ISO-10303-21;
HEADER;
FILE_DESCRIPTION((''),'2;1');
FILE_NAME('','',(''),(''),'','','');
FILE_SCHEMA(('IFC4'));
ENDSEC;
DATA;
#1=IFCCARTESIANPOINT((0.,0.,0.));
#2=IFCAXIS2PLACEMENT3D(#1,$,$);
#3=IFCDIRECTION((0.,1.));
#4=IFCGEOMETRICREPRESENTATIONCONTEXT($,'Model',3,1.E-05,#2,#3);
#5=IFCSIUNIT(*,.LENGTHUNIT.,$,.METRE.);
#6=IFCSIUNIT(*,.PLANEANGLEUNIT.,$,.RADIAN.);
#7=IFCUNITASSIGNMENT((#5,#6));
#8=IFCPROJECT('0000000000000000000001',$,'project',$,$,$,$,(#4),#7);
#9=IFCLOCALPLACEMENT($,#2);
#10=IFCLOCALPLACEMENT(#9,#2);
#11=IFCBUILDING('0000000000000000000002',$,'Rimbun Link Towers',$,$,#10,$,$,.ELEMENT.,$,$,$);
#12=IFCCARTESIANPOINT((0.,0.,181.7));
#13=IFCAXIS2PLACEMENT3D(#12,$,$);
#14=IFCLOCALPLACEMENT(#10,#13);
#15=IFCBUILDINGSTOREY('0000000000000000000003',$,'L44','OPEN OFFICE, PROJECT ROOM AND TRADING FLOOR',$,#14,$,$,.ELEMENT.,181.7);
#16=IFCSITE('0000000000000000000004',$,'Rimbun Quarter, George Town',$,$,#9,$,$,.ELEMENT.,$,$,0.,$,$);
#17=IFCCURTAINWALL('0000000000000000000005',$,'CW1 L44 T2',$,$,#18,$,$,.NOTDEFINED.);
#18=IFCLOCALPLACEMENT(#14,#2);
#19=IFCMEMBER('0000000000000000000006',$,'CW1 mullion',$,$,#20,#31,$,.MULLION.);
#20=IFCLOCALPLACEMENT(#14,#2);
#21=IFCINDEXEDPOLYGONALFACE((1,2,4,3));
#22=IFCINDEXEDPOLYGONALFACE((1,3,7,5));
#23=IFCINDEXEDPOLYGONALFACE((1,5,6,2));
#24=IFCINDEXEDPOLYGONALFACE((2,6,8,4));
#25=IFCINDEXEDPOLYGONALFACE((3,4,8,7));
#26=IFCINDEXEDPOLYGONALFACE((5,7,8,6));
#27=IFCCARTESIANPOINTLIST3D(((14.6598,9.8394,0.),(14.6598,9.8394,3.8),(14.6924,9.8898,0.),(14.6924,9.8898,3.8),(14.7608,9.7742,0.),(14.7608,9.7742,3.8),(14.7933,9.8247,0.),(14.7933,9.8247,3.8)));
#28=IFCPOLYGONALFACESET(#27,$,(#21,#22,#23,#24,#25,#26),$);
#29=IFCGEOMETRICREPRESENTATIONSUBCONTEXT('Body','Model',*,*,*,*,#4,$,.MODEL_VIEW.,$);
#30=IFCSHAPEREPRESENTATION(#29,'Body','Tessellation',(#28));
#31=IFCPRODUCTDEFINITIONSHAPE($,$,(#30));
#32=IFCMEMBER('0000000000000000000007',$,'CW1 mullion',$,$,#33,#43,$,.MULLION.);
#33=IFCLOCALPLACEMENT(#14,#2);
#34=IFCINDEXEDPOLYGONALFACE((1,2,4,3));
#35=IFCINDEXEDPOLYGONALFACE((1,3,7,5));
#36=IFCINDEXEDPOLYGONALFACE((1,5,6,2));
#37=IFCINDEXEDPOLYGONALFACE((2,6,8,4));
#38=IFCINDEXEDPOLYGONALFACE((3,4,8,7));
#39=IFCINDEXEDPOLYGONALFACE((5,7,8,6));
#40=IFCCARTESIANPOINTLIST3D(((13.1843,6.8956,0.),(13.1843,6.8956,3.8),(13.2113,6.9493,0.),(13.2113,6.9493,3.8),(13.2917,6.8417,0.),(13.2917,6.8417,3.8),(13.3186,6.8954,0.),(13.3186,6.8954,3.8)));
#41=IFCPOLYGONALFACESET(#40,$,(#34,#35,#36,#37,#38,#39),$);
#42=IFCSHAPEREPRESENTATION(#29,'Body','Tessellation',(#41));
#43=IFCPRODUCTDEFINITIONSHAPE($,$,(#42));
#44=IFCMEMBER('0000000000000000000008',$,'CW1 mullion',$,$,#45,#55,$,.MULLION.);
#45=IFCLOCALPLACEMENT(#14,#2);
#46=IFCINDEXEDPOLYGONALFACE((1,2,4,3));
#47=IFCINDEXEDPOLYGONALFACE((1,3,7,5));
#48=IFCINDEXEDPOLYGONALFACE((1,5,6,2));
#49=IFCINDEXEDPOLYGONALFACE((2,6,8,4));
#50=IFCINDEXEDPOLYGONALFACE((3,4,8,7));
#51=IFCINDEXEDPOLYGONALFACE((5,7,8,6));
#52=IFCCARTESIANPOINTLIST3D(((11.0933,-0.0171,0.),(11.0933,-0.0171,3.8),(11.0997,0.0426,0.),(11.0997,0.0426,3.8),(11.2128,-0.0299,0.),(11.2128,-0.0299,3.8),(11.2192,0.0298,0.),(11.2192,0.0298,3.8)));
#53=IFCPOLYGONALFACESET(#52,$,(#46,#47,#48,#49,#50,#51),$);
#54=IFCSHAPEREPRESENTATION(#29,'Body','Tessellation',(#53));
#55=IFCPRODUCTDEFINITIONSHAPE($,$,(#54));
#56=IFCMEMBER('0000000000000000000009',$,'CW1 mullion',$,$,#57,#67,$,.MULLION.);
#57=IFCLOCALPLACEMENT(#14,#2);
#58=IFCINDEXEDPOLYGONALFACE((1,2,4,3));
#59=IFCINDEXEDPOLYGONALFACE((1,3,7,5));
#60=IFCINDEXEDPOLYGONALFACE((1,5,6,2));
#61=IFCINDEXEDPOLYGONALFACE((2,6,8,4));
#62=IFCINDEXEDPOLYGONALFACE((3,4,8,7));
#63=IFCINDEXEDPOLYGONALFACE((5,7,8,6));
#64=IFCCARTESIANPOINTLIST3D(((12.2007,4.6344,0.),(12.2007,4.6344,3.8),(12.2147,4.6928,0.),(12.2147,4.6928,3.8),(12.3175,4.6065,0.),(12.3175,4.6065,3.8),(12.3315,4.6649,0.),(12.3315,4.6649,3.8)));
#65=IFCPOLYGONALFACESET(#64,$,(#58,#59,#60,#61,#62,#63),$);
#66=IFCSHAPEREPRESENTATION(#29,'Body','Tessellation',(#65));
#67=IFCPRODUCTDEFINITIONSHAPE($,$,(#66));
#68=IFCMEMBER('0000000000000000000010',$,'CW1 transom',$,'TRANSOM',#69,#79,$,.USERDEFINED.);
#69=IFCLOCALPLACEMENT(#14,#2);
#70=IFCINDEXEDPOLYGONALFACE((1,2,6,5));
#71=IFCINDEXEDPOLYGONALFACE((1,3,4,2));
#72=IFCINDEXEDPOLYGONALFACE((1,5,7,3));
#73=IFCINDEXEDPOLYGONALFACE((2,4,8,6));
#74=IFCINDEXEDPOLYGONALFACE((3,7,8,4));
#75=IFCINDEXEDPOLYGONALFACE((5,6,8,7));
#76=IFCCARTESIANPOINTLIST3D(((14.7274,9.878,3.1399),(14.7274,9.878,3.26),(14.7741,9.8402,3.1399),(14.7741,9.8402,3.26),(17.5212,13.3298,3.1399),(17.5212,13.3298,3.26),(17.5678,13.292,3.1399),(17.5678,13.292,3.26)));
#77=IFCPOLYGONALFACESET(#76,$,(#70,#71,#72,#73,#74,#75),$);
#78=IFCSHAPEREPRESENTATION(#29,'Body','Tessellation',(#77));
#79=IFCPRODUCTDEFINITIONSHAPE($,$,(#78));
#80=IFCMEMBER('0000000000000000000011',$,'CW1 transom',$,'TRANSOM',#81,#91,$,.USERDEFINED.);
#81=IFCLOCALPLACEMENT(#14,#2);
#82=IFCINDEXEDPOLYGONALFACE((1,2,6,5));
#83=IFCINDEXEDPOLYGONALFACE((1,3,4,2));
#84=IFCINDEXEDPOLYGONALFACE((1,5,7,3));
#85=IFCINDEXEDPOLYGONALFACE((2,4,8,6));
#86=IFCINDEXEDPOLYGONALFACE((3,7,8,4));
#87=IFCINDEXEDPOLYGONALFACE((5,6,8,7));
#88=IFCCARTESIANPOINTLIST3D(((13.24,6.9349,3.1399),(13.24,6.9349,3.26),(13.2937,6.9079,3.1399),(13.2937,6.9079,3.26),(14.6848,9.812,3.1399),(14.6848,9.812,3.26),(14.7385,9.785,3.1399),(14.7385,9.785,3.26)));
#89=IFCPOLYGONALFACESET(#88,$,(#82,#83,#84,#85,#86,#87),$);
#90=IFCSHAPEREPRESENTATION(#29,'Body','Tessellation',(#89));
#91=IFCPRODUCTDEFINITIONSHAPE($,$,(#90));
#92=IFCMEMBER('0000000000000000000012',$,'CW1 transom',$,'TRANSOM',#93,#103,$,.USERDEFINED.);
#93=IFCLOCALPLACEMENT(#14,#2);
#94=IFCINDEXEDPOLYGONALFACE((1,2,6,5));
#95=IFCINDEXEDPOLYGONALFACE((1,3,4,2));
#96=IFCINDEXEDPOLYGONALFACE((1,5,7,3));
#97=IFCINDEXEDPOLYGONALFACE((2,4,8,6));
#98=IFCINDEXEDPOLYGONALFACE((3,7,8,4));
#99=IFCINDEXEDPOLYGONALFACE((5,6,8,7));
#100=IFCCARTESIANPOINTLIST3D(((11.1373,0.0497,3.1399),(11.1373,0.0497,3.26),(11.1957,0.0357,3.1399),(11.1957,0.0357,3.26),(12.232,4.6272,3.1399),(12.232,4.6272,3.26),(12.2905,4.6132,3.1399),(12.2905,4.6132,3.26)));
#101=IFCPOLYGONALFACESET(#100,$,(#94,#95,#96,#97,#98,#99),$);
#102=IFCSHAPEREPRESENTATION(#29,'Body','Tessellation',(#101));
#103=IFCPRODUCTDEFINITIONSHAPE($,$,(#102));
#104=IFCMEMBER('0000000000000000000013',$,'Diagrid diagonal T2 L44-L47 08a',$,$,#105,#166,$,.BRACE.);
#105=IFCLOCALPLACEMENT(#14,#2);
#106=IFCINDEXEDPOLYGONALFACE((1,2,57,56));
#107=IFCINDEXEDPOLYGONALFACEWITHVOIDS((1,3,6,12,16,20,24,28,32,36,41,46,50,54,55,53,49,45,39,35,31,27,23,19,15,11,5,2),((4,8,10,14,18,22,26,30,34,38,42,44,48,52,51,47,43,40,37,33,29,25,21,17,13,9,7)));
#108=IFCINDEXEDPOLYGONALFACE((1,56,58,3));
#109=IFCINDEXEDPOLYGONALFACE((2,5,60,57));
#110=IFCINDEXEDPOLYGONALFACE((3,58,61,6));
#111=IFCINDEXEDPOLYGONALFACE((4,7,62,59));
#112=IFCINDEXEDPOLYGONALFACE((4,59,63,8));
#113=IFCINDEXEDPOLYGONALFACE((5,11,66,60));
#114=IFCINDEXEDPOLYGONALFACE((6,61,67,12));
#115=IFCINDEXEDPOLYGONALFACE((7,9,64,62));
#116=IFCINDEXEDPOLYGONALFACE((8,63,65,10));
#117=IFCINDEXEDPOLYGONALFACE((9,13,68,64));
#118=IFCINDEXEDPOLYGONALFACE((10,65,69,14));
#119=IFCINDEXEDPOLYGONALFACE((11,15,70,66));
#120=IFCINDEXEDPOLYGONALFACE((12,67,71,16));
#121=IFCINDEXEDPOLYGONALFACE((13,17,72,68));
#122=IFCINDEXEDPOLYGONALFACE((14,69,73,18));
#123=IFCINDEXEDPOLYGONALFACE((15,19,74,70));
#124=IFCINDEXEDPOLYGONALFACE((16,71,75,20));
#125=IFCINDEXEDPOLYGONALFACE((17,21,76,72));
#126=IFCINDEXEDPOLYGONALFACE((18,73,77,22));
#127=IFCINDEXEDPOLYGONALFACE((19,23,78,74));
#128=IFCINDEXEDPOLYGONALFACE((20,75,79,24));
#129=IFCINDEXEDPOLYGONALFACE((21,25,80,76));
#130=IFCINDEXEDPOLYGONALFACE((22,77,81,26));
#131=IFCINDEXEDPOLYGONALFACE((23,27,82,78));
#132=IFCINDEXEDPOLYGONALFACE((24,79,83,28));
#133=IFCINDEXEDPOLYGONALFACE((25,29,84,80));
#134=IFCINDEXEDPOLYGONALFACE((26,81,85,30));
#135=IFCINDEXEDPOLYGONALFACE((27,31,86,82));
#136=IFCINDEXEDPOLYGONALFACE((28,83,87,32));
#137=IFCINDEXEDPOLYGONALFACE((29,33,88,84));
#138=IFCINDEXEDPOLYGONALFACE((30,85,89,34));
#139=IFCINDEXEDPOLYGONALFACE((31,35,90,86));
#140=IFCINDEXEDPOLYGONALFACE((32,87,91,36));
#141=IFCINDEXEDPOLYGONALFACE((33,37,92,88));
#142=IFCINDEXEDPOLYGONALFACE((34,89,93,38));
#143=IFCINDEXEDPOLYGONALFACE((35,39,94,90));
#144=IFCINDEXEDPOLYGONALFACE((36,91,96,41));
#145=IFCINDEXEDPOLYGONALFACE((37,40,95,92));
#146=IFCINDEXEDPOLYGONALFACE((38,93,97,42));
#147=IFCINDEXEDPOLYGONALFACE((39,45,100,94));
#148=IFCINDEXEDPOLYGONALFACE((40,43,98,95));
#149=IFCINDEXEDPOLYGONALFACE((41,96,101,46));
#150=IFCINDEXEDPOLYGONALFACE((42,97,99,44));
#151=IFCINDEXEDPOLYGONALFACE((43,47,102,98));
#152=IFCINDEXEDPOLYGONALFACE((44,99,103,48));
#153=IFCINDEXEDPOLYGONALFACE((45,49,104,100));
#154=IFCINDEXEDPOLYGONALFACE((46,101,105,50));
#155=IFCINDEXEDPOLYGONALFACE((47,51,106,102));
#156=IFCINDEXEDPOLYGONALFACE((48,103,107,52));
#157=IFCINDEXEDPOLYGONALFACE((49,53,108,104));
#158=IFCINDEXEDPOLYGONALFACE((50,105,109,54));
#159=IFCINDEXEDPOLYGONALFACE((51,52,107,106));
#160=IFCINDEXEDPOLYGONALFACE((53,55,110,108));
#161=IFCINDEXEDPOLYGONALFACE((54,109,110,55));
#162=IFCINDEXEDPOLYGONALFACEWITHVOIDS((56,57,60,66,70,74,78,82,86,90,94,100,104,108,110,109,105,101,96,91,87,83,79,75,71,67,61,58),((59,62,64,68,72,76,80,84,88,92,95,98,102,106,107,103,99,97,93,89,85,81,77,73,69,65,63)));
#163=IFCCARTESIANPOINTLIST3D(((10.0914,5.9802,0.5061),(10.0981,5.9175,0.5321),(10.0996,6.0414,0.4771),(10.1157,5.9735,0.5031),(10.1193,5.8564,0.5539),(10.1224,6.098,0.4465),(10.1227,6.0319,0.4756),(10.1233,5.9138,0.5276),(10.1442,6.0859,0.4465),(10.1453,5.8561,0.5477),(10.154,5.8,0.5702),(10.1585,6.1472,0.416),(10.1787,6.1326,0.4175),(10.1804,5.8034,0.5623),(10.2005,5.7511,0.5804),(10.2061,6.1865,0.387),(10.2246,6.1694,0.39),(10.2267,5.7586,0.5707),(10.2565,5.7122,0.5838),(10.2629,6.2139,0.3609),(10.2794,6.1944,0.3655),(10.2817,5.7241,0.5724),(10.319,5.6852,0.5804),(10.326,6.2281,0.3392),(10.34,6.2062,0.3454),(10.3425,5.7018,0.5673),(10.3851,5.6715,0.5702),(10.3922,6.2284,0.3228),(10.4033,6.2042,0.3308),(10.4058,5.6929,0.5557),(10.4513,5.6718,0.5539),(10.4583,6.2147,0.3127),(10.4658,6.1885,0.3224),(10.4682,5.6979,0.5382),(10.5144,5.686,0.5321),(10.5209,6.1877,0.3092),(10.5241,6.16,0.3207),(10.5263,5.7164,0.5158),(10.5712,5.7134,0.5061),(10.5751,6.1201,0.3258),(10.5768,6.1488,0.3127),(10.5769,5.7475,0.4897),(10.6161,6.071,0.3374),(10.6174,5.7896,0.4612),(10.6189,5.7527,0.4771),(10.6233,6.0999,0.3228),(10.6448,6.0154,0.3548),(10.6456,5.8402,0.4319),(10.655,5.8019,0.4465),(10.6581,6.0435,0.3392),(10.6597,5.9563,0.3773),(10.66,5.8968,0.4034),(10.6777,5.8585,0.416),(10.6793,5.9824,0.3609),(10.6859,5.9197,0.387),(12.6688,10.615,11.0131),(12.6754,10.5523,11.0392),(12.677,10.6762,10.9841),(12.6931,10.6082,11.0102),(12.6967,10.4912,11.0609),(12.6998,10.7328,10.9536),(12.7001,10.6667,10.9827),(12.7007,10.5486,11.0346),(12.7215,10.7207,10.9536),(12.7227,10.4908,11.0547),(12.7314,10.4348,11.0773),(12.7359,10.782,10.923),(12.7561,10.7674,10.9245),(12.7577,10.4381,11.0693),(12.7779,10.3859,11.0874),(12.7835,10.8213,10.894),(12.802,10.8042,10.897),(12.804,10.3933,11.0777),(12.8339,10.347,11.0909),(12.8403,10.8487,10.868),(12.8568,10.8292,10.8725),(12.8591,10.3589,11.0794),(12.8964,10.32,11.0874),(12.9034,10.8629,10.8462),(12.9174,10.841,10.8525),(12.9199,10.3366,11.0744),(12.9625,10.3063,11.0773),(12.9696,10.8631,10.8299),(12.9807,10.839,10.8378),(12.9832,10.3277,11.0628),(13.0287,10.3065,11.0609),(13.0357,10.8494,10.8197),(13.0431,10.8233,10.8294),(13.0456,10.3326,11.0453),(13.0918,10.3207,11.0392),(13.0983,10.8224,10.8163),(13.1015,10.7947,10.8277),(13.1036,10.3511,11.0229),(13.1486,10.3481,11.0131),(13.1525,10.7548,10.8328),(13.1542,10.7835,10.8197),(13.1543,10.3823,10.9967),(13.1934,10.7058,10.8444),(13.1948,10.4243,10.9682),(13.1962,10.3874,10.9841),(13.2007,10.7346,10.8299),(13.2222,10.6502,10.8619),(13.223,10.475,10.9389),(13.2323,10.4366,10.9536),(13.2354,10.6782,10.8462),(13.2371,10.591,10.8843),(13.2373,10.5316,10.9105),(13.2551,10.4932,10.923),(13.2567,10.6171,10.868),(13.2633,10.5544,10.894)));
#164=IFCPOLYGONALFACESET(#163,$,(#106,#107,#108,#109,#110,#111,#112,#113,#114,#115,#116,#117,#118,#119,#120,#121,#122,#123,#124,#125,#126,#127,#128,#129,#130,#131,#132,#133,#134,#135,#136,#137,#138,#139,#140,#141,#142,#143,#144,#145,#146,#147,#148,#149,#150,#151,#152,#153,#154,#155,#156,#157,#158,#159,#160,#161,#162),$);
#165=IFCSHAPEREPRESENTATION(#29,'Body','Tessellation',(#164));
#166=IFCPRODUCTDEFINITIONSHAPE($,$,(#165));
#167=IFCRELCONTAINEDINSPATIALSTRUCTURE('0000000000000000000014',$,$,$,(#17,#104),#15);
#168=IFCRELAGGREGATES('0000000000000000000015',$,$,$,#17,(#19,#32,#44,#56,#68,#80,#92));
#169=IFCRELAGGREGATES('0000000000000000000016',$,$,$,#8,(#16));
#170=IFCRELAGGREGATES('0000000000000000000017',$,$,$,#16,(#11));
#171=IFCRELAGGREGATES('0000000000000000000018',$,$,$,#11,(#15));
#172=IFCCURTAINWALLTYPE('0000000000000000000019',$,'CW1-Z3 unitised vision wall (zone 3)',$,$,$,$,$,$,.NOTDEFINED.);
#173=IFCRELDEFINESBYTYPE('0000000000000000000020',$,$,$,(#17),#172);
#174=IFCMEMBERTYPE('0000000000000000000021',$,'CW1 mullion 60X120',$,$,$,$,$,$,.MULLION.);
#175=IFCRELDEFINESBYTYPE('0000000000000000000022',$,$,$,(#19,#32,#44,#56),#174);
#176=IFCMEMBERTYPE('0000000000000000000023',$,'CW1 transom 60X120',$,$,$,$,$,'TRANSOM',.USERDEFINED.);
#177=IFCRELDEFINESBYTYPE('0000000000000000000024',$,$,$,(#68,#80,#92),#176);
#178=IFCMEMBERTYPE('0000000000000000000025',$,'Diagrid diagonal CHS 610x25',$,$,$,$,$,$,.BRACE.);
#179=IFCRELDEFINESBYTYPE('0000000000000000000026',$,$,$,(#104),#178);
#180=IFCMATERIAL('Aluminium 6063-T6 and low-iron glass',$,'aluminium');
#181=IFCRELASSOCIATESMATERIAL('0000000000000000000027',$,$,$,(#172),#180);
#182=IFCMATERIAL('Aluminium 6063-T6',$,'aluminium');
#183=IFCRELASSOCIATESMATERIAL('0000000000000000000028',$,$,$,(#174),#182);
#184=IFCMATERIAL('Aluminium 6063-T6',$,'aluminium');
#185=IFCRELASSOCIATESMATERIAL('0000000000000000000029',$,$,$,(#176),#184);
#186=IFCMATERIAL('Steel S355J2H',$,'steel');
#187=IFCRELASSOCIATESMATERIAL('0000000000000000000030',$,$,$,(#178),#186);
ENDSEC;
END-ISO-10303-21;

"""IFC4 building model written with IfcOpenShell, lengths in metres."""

from ifc_helpers import new_model, si_unit, direction, frame, origin, origin_2d, place, context, subcontext, project, spatial, rectangle, hollow_circle, extrude, material, material_profile, profile_set, type_object, element, aggregate, save


model = new_model("IFC4")

# Units and contexts
model_context = context("Model", 3, precision=1e-05, world=origin(), true_north=direction((0.0, 1.0)))
body_context = subcontext(model_context, "Body", "Model", "MODEL_VIEW")
ifc_project = project(units=[si_unit("LENGTHUNIT", "METRE"), si_unit("PLANEANGLEUNIT", "RADIAN")], contexts=[model_context])

# Site, building, storey
site_placement = place(None, origin())
site = spatial("IfcSite", under=ifc_project, at=site_placement, Name="Rimbun Quarter, George Town", CompositionType="ELEMENT", RefElevation=0.0)
building_placement = place(site_placement, origin())
building = spatial("IfcBuilding", under=site, at=building_placement, Name="Rimbun Link Towers", CompositionType="ELEMENT")
storey_placement = place(building_placement, frame((0.0, 0.0, 181.7)))
storey = spatial("IfcBuildingStorey", under=building, at=storey_placement, Name="L44", Description="OPEN OFFICE, PROJECT ROOM AND TRADING FLOOR", CompositionType="ELEMENT", Elevation=181.7)

# Curtain wall, members
ifc_material_1 = material(Name="Aluminium 6063-T6 and low-iron glass", Category="aluminium")
curtain_wall_type = type_object("IfcCurtainWallType", Name="CW1-Z3 unitised vision wall (zone 3)", PredefinedType="NOTDEFINED", material=ifc_material_1)
curtain_wall_placement = place(storey_placement, origin())
curtain_wall = element("IfcCurtainWall", 1, at=curtain_wall_placement, inside=storey, type_object=curtain_wall_type, Name="CW1 L44 T2", PredefinedType="NOTDEFINED")
ifc_material_2 = material(Name="Aluminium 6063-T6", Category="aluminium")
ifc_material_profile_1 = material_profile(ifc_material_2, rectangle(XDim=0.1201, YDim=0.0601, at=origin_2d()), Name="MULLION 60X120")
ifc_profile_set_1 = profile_set([ifc_material_profile_1], Name="Aluminium 6063-T6")
member_type_1 = type_object("IfcMemberType", Name="CW1 mullion 60X120", PredefinedType="MULLION", material=ifc_profile_set_1)
member_1_placement = place(storey_placement, frame((14.7266, 9.832, 0.0), z_axis=(0.0, 0.0, 1.0), x_axis=(-0.840318, 0.542094, 0.0)))
member_1 = element("IfcMember", 2, at=member_1_placement, type_object=member_type_1, Name="CW1 mullion", PredefinedType="MULLION", context=body_context, shape_type="SweptSolid", body=[
    extrude(rectangle(XDim=0.1201, YDim=0.0601, at=origin_2d()), origin(), (0.0, 0.0, 1.0), 3.8),
])
member_2_placement = place(storey_placement, frame((13.2515, 6.8955, 0.0), z_axis=(0.0, 0.0, 1.0), x_axis=(-0.893642, 0.448781, 0.0)))
member_2 = element("IfcMember", 3, at=member_2_placement, type_object=member_type_1, Name="CW1 mullion", PredefinedType="MULLION", context=body_context, shape_type="SweptSolid", body=[
    extrude(rectangle(XDim=0.1201, YDim=0.0601, at=origin_2d()), origin(), (0.0, 0.0, 1.0), 3.8),
])
member_3_placement = place(storey_placement, frame((11.1562, 0.0063, 0.0), z_axis=(0.0, 0.0, 1.0), x_axis=(-0.994298, 0.106634, 0.0)))
member_3 = element("IfcMember", 4, at=member_3_placement, type_object=member_type_1, Name="CW1 mullion", PredefinedType="MULLION", context=body_context, shape_type="SweptSolid", body=[
    extrude(rectangle(XDim=0.1201, YDim=0.0601, at=origin_2d()), origin(), (0.0, 0.0, 1.0), 3.8),
])
member_4_placement = place(storey_placement, frame((12.2661, 4.6497, 0.0), z_axis=(0.0, 0.0, 1.0), x_axis=(-0.972573, 0.232596, 0.0)))
member_4 = element("IfcMember", 5, at=member_4_placement, type_object=member_type_1, Name="CW1 mullion", PredefinedType="MULLION", context=body_context, shape_type="SweptSolid", body=[
    extrude(rectangle(XDim=0.1201, YDim=0.0601, at=origin_2d()), origin(), (0.0, 0.0, 1.0), 3.8),
])
ifc_material_3 = material(Name="Aluminium 6063-T6", Category="aluminium")
ifc_material_profile_2 = material_profile(ifc_material_3, rectangle(XDim=0.0601, YDim=0.1201, at=origin_2d()), Name="TRANSOM 60X120")
ifc_profile_set_2 = profile_set([ifc_material_profile_2], Name="Aluminium 6063-T6")
member_type_2 = type_object("IfcMemberType", Name="CW1 transom 60X120", ElementType="TRANSOM", PredefinedType="USERDEFINED", material=ifc_profile_set_2)
member_5_placement = place(storey_placement, frame((14.7507, 9.8591, 3.2), z_axis=(0.62913, 0.7773, 0.0), x_axis=(-0.7773, 0.62913, 0.0)))
member_5 = element("IfcMember", 6, at=member_5_placement, type_object=member_type_2, Name="CW1 transom", ObjectType="TRANSOM", PredefinedType="USERDEFINED", context=body_context, shape_type="SweptSolid", body=[
    extrude(rectangle(XDim=0.0601, YDim=0.1201, at=origin_2d()), origin(), (0.0, 0.0, 1.0), 4.4407),
])
member_6_placement = place(storey_placement, frame((13.2668, 6.9214, 3.2), z_axis=(0.44876, 0.893652, 0.0), x_axis=(-0.893652, 0.44876, 0.0)))
member_6 = element("IfcMember", 7, at=member_6_placement, type_object=member_type_2, Name="CW1 transom", ObjectType="TRANSOM", PredefinedType="USERDEFINED", context=body_context, shape_type="SweptSolid", body=[
    extrude(rectangle(XDim=0.0601, YDim=0.1201, at=origin_2d()), origin(), (0.0, 0.0, 1.0), 3.2195),
])
member_7_placement = place(storey_placement, frame((11.1665, 0.0427, 3.2), z_axis=(0.2326, 0.972573, 0.0), x_axis=(-0.972573, 0.2326, 0.0)))
member_7 = element("IfcMember", 8, at=member_7_placement, type_object=member_type_2, Name="CW1 transom", ObjectType="TRANSOM", PredefinedType="USERDEFINED", context=body_context, shape_type="SweptSolid", body=[
    extrude(rectangle(XDim=0.0601, YDim=0.1201, at=origin_2d()), origin(), (0.0, 0.0, 1.0), 4.7065),
])

# Member
ifc_material_4 = material(Name="Steel S355J2H", Category="steel")
ifc_material_profile_3 = material_profile(ifc_material_4, hollow_circle(Radius=0.3047, WallThickness=0.0249, at=origin_2d()), Name="Diagrid diagonal CHS 610x25")
ifc_profile_set_3 = profile_set([ifc_material_profile_3], Name="Steel S355J2H")
member_type_3 = type_object("IfcMemberType", Name="Diagrid diagonal CHS 610x25", PredefinedType="BRACE", material=ifc_profile_set_3)
member_8_placement = place(storey_placement, frame((10.3887, 5.95, 0.4465), z_axis=(0.218988, 0.393792, 0.892733), x_axis=(-0.873955, 0.486006, 0.0)))
element("IfcMember", 9, at=member_8_placement, inside=storey, type_object=member_type_3, Name="Diagrid diagonal T2 L44-L47 08a", PredefinedType="BRACE", context=body_context, shape_type="SweptSolid", body=[
    extrude(hollow_circle(Radius=0.3047, WallThickness=0.0249, at=origin_2d()), origin(), (0.0, 0.0, 1.0), 11.7695),
])

aggregate(curtain_wall, [member_1, member_2, member_3, member_4, member_5, member_6, member_7])

save(model, "model.ifc")
